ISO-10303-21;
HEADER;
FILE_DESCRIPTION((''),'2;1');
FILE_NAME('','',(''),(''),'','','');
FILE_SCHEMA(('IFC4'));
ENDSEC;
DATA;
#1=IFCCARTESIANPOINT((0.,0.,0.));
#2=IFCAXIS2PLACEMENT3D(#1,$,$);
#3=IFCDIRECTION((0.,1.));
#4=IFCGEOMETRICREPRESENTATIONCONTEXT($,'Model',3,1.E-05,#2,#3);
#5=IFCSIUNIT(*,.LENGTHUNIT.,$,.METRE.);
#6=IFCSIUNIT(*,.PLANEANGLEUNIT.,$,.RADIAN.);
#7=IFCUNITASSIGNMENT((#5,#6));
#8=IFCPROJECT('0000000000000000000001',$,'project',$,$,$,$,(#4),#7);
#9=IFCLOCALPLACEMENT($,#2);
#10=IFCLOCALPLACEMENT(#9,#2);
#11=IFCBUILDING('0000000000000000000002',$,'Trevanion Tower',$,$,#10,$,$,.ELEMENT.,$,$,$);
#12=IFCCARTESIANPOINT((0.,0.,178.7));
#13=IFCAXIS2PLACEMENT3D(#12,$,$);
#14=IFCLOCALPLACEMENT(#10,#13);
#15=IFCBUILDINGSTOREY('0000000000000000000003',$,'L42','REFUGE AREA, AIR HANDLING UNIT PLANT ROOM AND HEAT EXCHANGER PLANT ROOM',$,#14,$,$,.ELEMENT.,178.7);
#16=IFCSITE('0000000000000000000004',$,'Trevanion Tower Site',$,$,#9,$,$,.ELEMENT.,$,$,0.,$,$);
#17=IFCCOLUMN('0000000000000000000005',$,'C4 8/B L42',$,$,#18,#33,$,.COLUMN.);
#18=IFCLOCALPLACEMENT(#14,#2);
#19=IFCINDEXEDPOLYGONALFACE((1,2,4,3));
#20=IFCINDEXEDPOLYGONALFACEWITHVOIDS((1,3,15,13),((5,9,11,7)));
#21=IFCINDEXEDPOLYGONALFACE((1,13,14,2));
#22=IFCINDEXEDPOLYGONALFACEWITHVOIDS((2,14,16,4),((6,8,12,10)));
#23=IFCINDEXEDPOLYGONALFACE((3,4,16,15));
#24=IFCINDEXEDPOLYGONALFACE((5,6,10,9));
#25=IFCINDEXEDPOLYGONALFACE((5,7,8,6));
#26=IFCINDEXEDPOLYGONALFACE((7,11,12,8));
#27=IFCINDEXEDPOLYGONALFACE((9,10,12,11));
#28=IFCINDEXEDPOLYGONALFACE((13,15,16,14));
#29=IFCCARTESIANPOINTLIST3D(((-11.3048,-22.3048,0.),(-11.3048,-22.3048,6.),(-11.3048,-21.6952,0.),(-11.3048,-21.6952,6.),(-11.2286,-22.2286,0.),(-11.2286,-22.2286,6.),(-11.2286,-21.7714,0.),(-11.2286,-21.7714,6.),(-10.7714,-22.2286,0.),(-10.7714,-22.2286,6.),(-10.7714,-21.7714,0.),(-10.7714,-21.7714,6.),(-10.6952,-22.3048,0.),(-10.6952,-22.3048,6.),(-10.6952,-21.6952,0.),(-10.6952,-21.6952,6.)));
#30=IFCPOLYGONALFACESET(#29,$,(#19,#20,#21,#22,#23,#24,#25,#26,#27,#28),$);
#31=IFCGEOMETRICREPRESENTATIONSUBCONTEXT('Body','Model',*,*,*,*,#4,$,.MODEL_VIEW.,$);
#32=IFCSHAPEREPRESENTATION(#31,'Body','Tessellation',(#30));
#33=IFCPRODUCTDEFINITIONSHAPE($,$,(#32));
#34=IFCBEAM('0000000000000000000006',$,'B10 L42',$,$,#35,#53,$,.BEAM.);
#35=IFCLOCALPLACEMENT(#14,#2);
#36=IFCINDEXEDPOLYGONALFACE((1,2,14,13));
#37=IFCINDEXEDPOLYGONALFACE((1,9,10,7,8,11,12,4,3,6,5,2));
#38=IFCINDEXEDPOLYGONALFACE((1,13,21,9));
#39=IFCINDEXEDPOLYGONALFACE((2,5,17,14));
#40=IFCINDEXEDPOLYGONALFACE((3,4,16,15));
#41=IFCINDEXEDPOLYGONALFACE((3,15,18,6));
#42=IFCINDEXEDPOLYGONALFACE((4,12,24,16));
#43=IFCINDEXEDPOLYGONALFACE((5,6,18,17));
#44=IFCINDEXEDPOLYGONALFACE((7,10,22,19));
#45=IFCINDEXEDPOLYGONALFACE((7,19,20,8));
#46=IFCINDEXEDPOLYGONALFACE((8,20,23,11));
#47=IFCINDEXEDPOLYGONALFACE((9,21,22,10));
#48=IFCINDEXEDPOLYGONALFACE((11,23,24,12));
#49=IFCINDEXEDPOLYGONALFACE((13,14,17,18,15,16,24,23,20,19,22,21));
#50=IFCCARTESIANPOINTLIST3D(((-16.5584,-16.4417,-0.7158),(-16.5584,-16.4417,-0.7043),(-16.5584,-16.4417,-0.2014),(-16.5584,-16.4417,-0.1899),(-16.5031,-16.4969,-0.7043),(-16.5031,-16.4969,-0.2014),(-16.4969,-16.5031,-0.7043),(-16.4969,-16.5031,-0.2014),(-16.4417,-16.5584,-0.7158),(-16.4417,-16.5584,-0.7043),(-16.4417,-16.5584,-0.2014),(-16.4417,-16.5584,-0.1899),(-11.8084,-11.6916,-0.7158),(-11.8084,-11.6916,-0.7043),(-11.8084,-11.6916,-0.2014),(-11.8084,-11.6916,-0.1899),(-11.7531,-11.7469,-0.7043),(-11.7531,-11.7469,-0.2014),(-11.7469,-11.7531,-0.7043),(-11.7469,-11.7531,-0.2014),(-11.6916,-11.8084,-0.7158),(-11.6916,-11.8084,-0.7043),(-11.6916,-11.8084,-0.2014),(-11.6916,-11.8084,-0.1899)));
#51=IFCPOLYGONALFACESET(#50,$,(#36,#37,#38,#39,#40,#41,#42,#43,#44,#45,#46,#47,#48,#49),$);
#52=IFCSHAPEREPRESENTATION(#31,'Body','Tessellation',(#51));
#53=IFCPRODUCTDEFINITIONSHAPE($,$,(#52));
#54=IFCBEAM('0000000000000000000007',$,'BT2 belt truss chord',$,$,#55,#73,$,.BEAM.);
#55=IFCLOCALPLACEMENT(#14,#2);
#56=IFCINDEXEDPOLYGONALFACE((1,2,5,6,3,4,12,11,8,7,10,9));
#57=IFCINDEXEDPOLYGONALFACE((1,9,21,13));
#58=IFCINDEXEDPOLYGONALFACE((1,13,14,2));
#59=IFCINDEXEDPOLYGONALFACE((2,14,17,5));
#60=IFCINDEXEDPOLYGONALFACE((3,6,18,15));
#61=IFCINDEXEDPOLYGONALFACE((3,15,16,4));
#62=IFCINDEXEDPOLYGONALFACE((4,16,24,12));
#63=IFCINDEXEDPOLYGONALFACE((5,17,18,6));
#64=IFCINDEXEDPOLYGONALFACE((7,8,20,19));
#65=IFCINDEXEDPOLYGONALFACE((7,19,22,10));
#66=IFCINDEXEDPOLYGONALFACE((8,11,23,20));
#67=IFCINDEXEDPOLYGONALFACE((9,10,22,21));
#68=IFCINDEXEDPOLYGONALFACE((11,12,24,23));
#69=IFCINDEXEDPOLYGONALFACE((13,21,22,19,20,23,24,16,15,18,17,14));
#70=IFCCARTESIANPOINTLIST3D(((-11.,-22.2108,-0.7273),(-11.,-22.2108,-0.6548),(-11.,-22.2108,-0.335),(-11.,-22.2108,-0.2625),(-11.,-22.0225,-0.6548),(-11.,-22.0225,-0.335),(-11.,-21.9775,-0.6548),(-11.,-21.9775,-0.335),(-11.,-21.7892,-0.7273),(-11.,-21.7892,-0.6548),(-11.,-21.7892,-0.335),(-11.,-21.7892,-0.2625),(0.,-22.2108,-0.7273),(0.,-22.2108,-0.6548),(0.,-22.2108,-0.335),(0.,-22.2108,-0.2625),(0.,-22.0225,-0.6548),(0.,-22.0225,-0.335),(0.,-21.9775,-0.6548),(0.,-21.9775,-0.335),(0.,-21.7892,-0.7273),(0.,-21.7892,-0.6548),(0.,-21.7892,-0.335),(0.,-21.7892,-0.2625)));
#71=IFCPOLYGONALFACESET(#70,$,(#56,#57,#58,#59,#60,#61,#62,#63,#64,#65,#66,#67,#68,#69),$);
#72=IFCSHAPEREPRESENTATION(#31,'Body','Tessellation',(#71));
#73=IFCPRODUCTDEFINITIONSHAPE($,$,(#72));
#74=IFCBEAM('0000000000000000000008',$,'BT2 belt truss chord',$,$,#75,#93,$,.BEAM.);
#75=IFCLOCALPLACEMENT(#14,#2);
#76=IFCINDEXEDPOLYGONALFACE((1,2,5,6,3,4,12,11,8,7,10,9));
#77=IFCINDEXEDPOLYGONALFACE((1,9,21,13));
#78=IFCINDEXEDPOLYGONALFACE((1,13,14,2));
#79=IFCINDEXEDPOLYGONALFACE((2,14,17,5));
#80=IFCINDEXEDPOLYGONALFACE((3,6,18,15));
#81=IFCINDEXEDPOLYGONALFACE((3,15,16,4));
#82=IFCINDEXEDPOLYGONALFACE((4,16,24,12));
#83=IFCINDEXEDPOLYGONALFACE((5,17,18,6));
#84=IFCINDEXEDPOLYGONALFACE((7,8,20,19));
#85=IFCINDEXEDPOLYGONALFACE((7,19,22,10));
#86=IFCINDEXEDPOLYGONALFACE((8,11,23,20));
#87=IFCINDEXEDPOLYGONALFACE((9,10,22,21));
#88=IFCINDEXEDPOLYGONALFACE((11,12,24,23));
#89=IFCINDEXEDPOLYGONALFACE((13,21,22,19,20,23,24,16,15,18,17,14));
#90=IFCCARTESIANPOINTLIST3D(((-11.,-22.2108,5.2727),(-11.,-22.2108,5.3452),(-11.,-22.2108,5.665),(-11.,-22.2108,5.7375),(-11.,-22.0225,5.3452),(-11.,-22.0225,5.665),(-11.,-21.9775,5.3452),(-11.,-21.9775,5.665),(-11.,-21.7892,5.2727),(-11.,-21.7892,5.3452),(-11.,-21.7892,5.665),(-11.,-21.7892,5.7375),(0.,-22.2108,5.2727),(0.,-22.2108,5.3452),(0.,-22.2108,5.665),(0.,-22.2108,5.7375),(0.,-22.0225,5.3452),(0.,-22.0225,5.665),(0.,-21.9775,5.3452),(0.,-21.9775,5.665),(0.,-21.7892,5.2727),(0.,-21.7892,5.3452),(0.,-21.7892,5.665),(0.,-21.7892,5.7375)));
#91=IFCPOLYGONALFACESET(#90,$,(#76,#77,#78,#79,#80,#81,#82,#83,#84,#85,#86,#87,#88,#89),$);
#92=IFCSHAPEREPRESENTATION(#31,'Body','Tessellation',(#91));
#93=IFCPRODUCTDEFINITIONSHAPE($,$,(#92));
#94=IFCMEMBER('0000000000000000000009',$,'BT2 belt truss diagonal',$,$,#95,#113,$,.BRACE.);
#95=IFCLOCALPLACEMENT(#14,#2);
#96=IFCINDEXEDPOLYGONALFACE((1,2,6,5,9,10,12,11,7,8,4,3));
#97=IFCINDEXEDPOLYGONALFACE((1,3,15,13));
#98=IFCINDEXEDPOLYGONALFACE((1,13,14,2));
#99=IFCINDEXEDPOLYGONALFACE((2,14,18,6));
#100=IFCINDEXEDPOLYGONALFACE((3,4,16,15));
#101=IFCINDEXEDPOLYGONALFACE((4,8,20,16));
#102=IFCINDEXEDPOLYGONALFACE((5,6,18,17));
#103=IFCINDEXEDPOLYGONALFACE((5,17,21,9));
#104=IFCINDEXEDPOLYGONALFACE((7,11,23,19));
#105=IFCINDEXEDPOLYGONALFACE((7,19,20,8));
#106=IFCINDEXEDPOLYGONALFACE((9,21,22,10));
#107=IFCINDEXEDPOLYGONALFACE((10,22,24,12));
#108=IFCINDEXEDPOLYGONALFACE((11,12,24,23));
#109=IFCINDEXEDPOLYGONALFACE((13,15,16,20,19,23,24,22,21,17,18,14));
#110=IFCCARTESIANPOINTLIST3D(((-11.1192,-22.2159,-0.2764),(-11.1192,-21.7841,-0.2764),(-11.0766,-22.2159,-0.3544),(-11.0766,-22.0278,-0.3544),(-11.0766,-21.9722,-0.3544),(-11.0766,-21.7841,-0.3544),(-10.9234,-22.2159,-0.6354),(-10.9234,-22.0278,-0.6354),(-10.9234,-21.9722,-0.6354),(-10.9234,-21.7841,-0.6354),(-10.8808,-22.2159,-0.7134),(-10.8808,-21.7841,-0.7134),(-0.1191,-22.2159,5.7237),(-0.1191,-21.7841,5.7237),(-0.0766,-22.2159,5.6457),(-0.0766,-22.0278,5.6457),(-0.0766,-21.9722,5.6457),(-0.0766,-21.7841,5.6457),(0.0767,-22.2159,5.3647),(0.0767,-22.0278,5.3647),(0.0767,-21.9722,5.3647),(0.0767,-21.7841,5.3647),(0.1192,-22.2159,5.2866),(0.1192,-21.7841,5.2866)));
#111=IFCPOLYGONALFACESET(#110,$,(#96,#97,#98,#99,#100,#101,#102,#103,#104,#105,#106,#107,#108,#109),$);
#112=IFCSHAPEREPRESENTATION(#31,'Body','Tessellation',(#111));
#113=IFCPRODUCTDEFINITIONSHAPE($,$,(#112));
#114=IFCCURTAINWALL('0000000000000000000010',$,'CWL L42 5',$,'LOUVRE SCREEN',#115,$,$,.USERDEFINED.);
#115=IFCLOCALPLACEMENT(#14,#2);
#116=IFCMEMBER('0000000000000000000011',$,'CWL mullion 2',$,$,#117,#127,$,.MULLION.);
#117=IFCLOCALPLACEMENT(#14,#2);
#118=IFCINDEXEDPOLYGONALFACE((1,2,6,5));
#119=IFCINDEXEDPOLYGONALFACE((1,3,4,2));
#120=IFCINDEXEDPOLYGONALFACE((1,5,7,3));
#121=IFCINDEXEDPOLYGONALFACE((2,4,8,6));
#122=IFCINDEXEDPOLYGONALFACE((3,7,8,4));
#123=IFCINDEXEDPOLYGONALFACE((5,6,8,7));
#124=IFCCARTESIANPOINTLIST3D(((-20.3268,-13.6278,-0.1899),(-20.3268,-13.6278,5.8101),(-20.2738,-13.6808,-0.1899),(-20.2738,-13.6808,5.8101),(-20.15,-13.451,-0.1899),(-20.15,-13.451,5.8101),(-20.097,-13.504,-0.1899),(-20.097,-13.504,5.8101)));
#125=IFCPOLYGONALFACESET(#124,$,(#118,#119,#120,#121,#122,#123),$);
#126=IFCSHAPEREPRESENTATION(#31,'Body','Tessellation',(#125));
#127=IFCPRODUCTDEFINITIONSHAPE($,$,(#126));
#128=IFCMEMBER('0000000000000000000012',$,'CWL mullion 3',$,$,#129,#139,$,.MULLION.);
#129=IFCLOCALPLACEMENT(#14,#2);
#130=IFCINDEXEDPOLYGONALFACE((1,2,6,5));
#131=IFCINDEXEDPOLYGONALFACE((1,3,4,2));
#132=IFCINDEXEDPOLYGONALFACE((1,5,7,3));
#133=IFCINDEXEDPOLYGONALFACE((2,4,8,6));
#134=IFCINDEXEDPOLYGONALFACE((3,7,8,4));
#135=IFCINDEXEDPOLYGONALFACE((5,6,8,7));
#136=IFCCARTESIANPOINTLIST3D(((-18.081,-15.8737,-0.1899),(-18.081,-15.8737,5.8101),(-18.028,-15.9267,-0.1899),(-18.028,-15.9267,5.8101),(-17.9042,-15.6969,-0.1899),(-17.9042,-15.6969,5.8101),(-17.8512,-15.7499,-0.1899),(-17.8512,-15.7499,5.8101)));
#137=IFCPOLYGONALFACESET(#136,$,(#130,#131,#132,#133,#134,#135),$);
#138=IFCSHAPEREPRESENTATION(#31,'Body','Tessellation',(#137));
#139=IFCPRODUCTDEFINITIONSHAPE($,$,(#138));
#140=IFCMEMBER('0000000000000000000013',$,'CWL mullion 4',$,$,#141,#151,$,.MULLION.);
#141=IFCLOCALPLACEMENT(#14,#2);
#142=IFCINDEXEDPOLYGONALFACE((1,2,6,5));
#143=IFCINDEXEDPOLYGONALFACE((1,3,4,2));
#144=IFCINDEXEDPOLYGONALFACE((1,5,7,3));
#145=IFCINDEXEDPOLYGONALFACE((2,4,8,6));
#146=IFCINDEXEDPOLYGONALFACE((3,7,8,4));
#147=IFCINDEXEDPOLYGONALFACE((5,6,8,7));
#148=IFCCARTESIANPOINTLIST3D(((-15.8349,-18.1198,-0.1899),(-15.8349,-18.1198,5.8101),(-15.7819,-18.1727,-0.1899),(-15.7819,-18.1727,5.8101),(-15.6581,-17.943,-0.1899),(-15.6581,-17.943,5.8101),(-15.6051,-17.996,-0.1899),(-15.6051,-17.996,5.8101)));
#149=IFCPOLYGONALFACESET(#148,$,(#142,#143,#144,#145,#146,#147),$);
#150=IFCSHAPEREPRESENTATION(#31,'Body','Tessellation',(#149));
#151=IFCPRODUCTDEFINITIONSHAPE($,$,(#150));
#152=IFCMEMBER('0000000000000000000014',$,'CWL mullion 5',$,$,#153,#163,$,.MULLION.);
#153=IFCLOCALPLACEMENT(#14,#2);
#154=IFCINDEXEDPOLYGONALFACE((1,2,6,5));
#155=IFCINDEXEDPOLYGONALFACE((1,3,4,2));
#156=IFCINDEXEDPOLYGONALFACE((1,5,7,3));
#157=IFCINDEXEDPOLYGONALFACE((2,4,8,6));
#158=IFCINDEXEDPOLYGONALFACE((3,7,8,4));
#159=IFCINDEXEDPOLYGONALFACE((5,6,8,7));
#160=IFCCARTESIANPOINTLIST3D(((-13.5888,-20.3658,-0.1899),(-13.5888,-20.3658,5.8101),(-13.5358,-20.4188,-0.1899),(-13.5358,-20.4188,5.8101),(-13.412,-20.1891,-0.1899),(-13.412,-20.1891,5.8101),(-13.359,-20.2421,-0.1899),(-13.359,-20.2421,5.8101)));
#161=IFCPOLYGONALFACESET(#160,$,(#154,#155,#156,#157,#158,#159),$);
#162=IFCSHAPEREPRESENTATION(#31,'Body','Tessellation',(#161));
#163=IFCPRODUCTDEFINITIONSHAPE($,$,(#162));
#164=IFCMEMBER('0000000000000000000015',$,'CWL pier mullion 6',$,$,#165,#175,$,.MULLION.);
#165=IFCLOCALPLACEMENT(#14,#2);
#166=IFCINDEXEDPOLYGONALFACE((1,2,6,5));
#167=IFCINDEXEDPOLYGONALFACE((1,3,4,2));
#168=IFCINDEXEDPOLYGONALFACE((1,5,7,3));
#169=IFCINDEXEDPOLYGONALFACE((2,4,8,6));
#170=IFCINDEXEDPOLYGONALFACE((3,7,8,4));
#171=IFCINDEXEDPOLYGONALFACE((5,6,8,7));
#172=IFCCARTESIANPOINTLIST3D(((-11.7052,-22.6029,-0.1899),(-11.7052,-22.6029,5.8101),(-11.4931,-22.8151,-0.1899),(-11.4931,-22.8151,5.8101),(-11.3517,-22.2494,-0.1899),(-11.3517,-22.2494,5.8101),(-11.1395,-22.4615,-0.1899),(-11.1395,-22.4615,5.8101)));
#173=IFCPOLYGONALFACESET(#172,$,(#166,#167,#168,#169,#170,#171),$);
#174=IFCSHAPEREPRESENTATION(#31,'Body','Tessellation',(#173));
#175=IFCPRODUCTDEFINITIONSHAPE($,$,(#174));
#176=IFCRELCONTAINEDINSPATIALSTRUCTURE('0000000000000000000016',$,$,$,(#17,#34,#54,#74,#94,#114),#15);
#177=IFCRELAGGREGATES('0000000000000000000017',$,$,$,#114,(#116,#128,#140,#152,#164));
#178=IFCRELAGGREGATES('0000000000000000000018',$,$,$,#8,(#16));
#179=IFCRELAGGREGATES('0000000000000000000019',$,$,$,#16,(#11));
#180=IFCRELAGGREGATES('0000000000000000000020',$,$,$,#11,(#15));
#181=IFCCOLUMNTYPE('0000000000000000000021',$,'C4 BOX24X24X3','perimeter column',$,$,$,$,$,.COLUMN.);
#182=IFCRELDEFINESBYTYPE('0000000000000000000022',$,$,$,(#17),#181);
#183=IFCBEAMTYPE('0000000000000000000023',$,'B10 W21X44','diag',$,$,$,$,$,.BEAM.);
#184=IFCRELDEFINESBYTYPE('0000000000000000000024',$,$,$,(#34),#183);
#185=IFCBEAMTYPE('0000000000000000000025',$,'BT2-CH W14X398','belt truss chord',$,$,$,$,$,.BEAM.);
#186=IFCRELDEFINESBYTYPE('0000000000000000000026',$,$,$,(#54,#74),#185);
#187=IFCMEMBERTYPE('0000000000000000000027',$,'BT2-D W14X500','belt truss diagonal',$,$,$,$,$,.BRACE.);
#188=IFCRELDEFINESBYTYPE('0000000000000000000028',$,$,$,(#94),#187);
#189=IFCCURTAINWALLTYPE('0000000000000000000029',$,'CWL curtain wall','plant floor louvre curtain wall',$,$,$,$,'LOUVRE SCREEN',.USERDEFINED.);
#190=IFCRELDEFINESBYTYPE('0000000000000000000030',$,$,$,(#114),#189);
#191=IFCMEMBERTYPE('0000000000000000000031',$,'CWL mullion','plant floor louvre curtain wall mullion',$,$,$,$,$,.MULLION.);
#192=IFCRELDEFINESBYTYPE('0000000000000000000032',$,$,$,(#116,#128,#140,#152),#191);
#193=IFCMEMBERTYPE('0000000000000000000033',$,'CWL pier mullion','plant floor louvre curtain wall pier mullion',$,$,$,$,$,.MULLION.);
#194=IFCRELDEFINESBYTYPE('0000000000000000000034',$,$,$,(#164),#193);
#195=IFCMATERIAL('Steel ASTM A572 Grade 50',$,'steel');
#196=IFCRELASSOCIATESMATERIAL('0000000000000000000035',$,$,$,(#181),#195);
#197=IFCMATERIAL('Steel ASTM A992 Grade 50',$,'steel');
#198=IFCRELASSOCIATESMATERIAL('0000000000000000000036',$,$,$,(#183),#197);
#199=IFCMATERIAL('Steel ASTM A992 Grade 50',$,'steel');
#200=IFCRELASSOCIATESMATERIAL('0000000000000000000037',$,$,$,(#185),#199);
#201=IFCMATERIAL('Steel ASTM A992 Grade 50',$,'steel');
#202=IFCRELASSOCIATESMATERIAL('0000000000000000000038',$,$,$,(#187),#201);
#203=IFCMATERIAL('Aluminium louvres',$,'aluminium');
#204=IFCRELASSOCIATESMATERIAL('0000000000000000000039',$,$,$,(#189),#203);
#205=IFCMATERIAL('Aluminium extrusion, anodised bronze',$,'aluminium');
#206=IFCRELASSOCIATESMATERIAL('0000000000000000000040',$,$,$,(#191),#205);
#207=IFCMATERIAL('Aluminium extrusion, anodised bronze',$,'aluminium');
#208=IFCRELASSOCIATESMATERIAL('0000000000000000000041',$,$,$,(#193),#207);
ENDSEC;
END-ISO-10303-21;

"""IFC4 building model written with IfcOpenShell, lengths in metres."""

from ifc_helpers import new_model, si_unit, direction, frame, origin, origin_2d, place, context, subcontext, project, spatial, rectangle, hollow_rectangle, i_section, extrude, material, material_profile, profile_set, type_object, element, aggregate, save


model = new_model("IFC4")

# Units and contexts
model_context = context("Model", 3, precision=1e-05, world=origin(), true_north=direction((0.0, 1.0)))
body_context = subcontext(model_context, "Body", "Model", "MODEL_VIEW")
ifc_project = project(units=[si_unit("LENGTHUNIT", "METRE"), si_unit("PLANEANGLEUNIT", "RADIAN")], contexts=[model_context])

# Site, building, storey
site_placement = place(None, origin())
site = spatial("IfcSite", under=ifc_project, at=site_placement, Name="Trevanion Tower Site", CompositionType="ELEMENT", RefElevation=0.0)
building_placement = place(site_placement, origin())
building = spatial("IfcBuilding", under=site, at=building_placement, Name="Trevanion Tower", CompositionType="ELEMENT")
storey_placement = place(building_placement, frame((0.0, 0.0, 178.7)))
storey = spatial("IfcBuildingStorey", under=building, at=storey_placement, Name="L42", Description="REFUGE AREA, AIR HANDLING UNIT PLANT ROOM AND HEAT EXCHANGER PLANT ROOM", CompositionType="ELEMENT", Elevation=178.7)

# Column
ifc_material_1 = material(Name="Steel ASTM A572 Grade 50", Category="steel")
ifc_material_profile_1 = material_profile(ifc_material_1, hollow_rectangle(XDim=0.6096, YDim=0.6096, WallThickness=0.0762, at=origin_2d()), Name="BOX24X24X3")
ifc_profile_set_1 = profile_set([ifc_material_profile_1], Name="Steel ASTM A572 Grade 50")
column_type = type_object("IfcColumnType", Name="C4 BOX24X24X3", Description="perimeter column", PredefinedType="COLUMN", material=ifc_profile_set_1)
column_placement = place(storey_placement, frame((-11.0, -22.0, 0.0), z_axis=(0.0, 0.0, 1.0), x_axis=(1.0, 0.0, 0.0)))
element("IfcColumn", 1, at=column_placement, inside=storey, type_object=column_type, Name="C4 8/B L42", PredefinedType="COLUMN", context=body_context, shape_type="SweptSolid", body=[
    extrude(hollow_rectangle(XDim=0.6096, YDim=0.6096, WallThickness=0.0762, at=origin_2d()), origin(), (0.0, 0.0, 1.0), 6.0),
])

# Beams
ifc_material_2 = material(Name="Steel ASTM A992 Grade 50", Category="steel")
ifc_material_profile_2 = material_profile(ifc_material_2, i_section(OverallWidth=0.165, OverallDepth=0.5259, WebThickness=0.0088, FlangeThickness=0.0115, at=origin_2d()), Name="W21X44")
ifc_profile_set_2 = profile_set([ifc_material_profile_2], Name="Steel ASTM A992 Grade 50")
beam_type_1 = type_object("IfcBeamType", Name="B10 W21X44", Description="diag", PredefinedType="BEAM", material=ifc_profile_set_2)
beam_1_placement = place(storey_placement, frame((-11.75, -11.75, -0.4529), z_axis=(-0.707107, -0.707107, 0.0), x_axis=(0.707107, -0.707107, 0.0)))
element("IfcBeam", 2, at=beam_1_placement, inside=storey, type_object=beam_type_1, Name="B10 L42", PredefinedType="BEAM", context=body_context, shape_type="SweptSolid", body=[
    extrude(i_section(OverallWidth=0.165, OverallDepth=0.5259, WebThickness=0.0088, FlangeThickness=0.0115, at=origin_2d()), origin(), (0.0, 0.0, 1.0), 6.7175),
])
ifc_material_3 = material(Name="Steel ASTM A992 Grade 50", Category="steel")
ifc_material_profile_3 = material_profile(ifc_material_3, i_section(OverallWidth=0.4216, OverallDepth=0.4648, WebThickness=0.0449, FlangeThickness=0.0725, at=origin_2d()), Name="W14X398")
ifc_profile_set_3 = profile_set([ifc_material_profile_3], Name="Steel ASTM A992 Grade 50")
beam_type_2 = type_object("IfcBeamType", Name="BT2-CH W14X398", Description="belt truss chord", PredefinedType="BEAM", material=ifc_profile_set_3)
for number, where, z_axis, x_axis, name in (
    (3, (-11.0, -22.0, -0.4949), (1.0, 0.0, 0.0), (0.0, 1.0, 0.0), "BT2 belt truss chord"),
    (4, (-11.0, -22.0, 5.5051), (1.0, 0.0, 0.0), (0.0, 1.0, 0.0), "BT2 belt truss chord"),
):
    element("IfcBeam", number, at=place(storey_placement, frame(where, z_axis=z_axis, x_axis=x_axis)), inside=storey, type_object=beam_type_2, Name=name, PredefinedType="BEAM", context=body_context, shape_type="SweptSolid", body=[
        extrude(i_section(OverallWidth=0.4216, OverallDepth=0.4648, WebThickness=0.0449, FlangeThickness=0.0725, at=origin_2d()), origin(), (0.0, 0.0, 1.0), 11.0),
    ])

# Member
ifc_material_4 = material(Name="Steel ASTM A992 Grade 50", Category="steel")
ifc_material_profile_4 = material_profile(ifc_material_4, i_section(OverallWidth=0.4319, OverallDepth=0.4978, WebThickness=0.0557, FlangeThickness=0.0889, at=origin_2d()), Name="W14X500")
ifc_profile_set_4 = profile_set([ifc_material_profile_4], Name="Steel ASTM A992 Grade 50")
member_type_1 = type_object("IfcMemberType", Name="BT2-D W14X500", Description="belt truss diagonal", PredefinedType="BRACE", material=ifc_profile_set_4)
member_1_placement = place(storey_placement, frame((-11.0, -22.0, -0.4949), z_axis=(0.877896, 0.0, 0.478852), x_axis=(0.0, 1.0, 0.0)))
element("IfcMember", 5, at=member_1_placement, inside=storey, type_object=member_type_1, Name="BT2 belt truss diagonal", PredefinedType="BRACE", context=body_context, shape_type="SweptSolid", body=[
    extrude(i_section(OverallWidth=0.4319, OverallDepth=0.4978, WebThickness=0.0557, FlangeThickness=0.0889, at=origin_2d()), origin(), (0.0, 0.0, 1.0), 12.53),
])

# Curtain wall, members
ifc_material_5 = material(Name="Aluminium louvres", Category="aluminium")
curtain_wall_type = type_object("IfcCurtainWallType", Name="CWL curtain wall", Description="plant floor louvre curtain wall", ElementType="LOUVRE SCREEN", PredefinedType="USERDEFINED", material=ifc_material_5)
curtain_wall_placement = place(storey_placement, origin())
curtain_wall = element("IfcCurtainWall", 6, at=curtain_wall_placement, inside=storey, type_object=curtain_wall_type, Name="CWL L42 5", ObjectType="LOUVRE SCREEN", PredefinedType="USERDEFINED")
ifc_material_6 = material(Name="Aluminium extrusion, anodised bronze", Category="aluminium")
ifc_material_profile_5 = material_profile(ifc_material_6, rectangle(XDim=0.075, YDim=0.25, at=origin_2d()), Name="CWL mullion")
ifc_profile_set_5 = profile_set([ifc_material_profile_5], Name="Aluminium extrusion, anodised bronze")
member_type_2 = type_object("IfcMemberType", Name="CWL mullion", Description="plant floor louvre curtain wall mullion", PredefinedType="MULLION", material=ifc_profile_set_5)
member_2_placement = place(storey_placement, frame((-20.2119, -13.5659, -0.1899), z_axis=(0.0, 0.0, 1.0), x_axis=(0.707107, -0.707107, 0.0)))
member_2 = element("IfcMember", 7, at=member_2_placement, type_object=member_type_2, Name="CWL mullion 2", PredefinedType="MULLION", context=body_context, shape_type="SweptSolid", body=[
    extrude(rectangle(XDim=0.075, YDim=0.25, at=origin_2d()), origin(), (0.0, 0.0, 1.0), 6.0),
])
member_3_placement = place(storey_placement, frame((-17.9661, -15.8118, -0.1899), z_axis=(0.0, 0.0, 1.0), x_axis=(0.707107, -0.707107, 0.0)))
member_3 = element("IfcMember", 8, at=member_3_placement, type_object=member_type_2, Name="CWL mullion 3", PredefinedType="MULLION", context=body_context, shape_type="SweptSolid", body=[
    extrude(rectangle(XDim=0.075, YDim=0.25, at=origin_2d()), origin(), (0.0, 0.0, 1.0), 6.0),
])
member_4_placement = place(storey_placement, frame((-15.72, -18.0579, -0.1899), z_axis=(0.0, 0.0, 1.0), x_axis=(0.707107, -0.707107, 0.0)))
member_4 = element("IfcMember", 9, at=member_4_placement, type_object=member_type_2, Name="CWL mullion 4", PredefinedType="MULLION", context=body_context, shape_type="SweptSolid", body=[
    extrude(rectangle(XDim=0.075, YDim=0.25, at=origin_2d()), origin(), (0.0, 0.0, 1.0), 6.0),
])
member_5_placement = place(storey_placement, frame((-13.4739, -20.304, -0.1899), z_axis=(0.0, 0.0, 1.0), x_axis=(0.707107, -0.707107, 0.0)))
member_5 = element("IfcMember", 10, at=member_5_placement, type_object=member_type_2, Name="CWL mullion 5", PredefinedType="MULLION", context=body_context, shape_type="SweptSolid", body=[
    extrude(rectangle(XDim=0.075, YDim=0.25, at=origin_2d()), origin(), (0.0, 0.0, 1.0), 6.0),
])
ifc_material_7 = material(Name="Aluminium extrusion, anodised bronze", Category="aluminium")
ifc_material_profile_6 = material_profile(ifc_material_7, rectangle(XDim=0.3, YDim=0.5, at=origin_2d()), Name="CWL pier mullion")
ifc_profile_set_6 = profile_set([ifc_material_profile_6], Name="Aluminium extrusion, anodised bronze")
member_type_3 = type_object("IfcMemberType", Name="CWL pier mullion", Description="plant floor louvre curtain wall pier mullion", PredefinedType="MULLION", material=ifc_profile_set_6)
member_6_placement = place(storey_placement, frame((-11.4224, -22.5322, -0.1899), z_axis=(0.0, 0.0, 1.0), x_axis=(0.707107, -0.707107, 0.0)))
member_6 = element("IfcMember", 11, at=member_6_placement, type_object=member_type_3, Name="CWL pier mullion 6", PredefinedType="MULLION", context=body_context, shape_type="SweptSolid", body=[
    extrude(rectangle(XDim=0.3, YDim=0.5, at=origin_2d()), origin(), (0.0, 0.0, 1.0), 6.0),
])

aggregate(curtain_wall, [member_2, member_3, member_4, member_5, member_6])

save(model, "model.ifc")
